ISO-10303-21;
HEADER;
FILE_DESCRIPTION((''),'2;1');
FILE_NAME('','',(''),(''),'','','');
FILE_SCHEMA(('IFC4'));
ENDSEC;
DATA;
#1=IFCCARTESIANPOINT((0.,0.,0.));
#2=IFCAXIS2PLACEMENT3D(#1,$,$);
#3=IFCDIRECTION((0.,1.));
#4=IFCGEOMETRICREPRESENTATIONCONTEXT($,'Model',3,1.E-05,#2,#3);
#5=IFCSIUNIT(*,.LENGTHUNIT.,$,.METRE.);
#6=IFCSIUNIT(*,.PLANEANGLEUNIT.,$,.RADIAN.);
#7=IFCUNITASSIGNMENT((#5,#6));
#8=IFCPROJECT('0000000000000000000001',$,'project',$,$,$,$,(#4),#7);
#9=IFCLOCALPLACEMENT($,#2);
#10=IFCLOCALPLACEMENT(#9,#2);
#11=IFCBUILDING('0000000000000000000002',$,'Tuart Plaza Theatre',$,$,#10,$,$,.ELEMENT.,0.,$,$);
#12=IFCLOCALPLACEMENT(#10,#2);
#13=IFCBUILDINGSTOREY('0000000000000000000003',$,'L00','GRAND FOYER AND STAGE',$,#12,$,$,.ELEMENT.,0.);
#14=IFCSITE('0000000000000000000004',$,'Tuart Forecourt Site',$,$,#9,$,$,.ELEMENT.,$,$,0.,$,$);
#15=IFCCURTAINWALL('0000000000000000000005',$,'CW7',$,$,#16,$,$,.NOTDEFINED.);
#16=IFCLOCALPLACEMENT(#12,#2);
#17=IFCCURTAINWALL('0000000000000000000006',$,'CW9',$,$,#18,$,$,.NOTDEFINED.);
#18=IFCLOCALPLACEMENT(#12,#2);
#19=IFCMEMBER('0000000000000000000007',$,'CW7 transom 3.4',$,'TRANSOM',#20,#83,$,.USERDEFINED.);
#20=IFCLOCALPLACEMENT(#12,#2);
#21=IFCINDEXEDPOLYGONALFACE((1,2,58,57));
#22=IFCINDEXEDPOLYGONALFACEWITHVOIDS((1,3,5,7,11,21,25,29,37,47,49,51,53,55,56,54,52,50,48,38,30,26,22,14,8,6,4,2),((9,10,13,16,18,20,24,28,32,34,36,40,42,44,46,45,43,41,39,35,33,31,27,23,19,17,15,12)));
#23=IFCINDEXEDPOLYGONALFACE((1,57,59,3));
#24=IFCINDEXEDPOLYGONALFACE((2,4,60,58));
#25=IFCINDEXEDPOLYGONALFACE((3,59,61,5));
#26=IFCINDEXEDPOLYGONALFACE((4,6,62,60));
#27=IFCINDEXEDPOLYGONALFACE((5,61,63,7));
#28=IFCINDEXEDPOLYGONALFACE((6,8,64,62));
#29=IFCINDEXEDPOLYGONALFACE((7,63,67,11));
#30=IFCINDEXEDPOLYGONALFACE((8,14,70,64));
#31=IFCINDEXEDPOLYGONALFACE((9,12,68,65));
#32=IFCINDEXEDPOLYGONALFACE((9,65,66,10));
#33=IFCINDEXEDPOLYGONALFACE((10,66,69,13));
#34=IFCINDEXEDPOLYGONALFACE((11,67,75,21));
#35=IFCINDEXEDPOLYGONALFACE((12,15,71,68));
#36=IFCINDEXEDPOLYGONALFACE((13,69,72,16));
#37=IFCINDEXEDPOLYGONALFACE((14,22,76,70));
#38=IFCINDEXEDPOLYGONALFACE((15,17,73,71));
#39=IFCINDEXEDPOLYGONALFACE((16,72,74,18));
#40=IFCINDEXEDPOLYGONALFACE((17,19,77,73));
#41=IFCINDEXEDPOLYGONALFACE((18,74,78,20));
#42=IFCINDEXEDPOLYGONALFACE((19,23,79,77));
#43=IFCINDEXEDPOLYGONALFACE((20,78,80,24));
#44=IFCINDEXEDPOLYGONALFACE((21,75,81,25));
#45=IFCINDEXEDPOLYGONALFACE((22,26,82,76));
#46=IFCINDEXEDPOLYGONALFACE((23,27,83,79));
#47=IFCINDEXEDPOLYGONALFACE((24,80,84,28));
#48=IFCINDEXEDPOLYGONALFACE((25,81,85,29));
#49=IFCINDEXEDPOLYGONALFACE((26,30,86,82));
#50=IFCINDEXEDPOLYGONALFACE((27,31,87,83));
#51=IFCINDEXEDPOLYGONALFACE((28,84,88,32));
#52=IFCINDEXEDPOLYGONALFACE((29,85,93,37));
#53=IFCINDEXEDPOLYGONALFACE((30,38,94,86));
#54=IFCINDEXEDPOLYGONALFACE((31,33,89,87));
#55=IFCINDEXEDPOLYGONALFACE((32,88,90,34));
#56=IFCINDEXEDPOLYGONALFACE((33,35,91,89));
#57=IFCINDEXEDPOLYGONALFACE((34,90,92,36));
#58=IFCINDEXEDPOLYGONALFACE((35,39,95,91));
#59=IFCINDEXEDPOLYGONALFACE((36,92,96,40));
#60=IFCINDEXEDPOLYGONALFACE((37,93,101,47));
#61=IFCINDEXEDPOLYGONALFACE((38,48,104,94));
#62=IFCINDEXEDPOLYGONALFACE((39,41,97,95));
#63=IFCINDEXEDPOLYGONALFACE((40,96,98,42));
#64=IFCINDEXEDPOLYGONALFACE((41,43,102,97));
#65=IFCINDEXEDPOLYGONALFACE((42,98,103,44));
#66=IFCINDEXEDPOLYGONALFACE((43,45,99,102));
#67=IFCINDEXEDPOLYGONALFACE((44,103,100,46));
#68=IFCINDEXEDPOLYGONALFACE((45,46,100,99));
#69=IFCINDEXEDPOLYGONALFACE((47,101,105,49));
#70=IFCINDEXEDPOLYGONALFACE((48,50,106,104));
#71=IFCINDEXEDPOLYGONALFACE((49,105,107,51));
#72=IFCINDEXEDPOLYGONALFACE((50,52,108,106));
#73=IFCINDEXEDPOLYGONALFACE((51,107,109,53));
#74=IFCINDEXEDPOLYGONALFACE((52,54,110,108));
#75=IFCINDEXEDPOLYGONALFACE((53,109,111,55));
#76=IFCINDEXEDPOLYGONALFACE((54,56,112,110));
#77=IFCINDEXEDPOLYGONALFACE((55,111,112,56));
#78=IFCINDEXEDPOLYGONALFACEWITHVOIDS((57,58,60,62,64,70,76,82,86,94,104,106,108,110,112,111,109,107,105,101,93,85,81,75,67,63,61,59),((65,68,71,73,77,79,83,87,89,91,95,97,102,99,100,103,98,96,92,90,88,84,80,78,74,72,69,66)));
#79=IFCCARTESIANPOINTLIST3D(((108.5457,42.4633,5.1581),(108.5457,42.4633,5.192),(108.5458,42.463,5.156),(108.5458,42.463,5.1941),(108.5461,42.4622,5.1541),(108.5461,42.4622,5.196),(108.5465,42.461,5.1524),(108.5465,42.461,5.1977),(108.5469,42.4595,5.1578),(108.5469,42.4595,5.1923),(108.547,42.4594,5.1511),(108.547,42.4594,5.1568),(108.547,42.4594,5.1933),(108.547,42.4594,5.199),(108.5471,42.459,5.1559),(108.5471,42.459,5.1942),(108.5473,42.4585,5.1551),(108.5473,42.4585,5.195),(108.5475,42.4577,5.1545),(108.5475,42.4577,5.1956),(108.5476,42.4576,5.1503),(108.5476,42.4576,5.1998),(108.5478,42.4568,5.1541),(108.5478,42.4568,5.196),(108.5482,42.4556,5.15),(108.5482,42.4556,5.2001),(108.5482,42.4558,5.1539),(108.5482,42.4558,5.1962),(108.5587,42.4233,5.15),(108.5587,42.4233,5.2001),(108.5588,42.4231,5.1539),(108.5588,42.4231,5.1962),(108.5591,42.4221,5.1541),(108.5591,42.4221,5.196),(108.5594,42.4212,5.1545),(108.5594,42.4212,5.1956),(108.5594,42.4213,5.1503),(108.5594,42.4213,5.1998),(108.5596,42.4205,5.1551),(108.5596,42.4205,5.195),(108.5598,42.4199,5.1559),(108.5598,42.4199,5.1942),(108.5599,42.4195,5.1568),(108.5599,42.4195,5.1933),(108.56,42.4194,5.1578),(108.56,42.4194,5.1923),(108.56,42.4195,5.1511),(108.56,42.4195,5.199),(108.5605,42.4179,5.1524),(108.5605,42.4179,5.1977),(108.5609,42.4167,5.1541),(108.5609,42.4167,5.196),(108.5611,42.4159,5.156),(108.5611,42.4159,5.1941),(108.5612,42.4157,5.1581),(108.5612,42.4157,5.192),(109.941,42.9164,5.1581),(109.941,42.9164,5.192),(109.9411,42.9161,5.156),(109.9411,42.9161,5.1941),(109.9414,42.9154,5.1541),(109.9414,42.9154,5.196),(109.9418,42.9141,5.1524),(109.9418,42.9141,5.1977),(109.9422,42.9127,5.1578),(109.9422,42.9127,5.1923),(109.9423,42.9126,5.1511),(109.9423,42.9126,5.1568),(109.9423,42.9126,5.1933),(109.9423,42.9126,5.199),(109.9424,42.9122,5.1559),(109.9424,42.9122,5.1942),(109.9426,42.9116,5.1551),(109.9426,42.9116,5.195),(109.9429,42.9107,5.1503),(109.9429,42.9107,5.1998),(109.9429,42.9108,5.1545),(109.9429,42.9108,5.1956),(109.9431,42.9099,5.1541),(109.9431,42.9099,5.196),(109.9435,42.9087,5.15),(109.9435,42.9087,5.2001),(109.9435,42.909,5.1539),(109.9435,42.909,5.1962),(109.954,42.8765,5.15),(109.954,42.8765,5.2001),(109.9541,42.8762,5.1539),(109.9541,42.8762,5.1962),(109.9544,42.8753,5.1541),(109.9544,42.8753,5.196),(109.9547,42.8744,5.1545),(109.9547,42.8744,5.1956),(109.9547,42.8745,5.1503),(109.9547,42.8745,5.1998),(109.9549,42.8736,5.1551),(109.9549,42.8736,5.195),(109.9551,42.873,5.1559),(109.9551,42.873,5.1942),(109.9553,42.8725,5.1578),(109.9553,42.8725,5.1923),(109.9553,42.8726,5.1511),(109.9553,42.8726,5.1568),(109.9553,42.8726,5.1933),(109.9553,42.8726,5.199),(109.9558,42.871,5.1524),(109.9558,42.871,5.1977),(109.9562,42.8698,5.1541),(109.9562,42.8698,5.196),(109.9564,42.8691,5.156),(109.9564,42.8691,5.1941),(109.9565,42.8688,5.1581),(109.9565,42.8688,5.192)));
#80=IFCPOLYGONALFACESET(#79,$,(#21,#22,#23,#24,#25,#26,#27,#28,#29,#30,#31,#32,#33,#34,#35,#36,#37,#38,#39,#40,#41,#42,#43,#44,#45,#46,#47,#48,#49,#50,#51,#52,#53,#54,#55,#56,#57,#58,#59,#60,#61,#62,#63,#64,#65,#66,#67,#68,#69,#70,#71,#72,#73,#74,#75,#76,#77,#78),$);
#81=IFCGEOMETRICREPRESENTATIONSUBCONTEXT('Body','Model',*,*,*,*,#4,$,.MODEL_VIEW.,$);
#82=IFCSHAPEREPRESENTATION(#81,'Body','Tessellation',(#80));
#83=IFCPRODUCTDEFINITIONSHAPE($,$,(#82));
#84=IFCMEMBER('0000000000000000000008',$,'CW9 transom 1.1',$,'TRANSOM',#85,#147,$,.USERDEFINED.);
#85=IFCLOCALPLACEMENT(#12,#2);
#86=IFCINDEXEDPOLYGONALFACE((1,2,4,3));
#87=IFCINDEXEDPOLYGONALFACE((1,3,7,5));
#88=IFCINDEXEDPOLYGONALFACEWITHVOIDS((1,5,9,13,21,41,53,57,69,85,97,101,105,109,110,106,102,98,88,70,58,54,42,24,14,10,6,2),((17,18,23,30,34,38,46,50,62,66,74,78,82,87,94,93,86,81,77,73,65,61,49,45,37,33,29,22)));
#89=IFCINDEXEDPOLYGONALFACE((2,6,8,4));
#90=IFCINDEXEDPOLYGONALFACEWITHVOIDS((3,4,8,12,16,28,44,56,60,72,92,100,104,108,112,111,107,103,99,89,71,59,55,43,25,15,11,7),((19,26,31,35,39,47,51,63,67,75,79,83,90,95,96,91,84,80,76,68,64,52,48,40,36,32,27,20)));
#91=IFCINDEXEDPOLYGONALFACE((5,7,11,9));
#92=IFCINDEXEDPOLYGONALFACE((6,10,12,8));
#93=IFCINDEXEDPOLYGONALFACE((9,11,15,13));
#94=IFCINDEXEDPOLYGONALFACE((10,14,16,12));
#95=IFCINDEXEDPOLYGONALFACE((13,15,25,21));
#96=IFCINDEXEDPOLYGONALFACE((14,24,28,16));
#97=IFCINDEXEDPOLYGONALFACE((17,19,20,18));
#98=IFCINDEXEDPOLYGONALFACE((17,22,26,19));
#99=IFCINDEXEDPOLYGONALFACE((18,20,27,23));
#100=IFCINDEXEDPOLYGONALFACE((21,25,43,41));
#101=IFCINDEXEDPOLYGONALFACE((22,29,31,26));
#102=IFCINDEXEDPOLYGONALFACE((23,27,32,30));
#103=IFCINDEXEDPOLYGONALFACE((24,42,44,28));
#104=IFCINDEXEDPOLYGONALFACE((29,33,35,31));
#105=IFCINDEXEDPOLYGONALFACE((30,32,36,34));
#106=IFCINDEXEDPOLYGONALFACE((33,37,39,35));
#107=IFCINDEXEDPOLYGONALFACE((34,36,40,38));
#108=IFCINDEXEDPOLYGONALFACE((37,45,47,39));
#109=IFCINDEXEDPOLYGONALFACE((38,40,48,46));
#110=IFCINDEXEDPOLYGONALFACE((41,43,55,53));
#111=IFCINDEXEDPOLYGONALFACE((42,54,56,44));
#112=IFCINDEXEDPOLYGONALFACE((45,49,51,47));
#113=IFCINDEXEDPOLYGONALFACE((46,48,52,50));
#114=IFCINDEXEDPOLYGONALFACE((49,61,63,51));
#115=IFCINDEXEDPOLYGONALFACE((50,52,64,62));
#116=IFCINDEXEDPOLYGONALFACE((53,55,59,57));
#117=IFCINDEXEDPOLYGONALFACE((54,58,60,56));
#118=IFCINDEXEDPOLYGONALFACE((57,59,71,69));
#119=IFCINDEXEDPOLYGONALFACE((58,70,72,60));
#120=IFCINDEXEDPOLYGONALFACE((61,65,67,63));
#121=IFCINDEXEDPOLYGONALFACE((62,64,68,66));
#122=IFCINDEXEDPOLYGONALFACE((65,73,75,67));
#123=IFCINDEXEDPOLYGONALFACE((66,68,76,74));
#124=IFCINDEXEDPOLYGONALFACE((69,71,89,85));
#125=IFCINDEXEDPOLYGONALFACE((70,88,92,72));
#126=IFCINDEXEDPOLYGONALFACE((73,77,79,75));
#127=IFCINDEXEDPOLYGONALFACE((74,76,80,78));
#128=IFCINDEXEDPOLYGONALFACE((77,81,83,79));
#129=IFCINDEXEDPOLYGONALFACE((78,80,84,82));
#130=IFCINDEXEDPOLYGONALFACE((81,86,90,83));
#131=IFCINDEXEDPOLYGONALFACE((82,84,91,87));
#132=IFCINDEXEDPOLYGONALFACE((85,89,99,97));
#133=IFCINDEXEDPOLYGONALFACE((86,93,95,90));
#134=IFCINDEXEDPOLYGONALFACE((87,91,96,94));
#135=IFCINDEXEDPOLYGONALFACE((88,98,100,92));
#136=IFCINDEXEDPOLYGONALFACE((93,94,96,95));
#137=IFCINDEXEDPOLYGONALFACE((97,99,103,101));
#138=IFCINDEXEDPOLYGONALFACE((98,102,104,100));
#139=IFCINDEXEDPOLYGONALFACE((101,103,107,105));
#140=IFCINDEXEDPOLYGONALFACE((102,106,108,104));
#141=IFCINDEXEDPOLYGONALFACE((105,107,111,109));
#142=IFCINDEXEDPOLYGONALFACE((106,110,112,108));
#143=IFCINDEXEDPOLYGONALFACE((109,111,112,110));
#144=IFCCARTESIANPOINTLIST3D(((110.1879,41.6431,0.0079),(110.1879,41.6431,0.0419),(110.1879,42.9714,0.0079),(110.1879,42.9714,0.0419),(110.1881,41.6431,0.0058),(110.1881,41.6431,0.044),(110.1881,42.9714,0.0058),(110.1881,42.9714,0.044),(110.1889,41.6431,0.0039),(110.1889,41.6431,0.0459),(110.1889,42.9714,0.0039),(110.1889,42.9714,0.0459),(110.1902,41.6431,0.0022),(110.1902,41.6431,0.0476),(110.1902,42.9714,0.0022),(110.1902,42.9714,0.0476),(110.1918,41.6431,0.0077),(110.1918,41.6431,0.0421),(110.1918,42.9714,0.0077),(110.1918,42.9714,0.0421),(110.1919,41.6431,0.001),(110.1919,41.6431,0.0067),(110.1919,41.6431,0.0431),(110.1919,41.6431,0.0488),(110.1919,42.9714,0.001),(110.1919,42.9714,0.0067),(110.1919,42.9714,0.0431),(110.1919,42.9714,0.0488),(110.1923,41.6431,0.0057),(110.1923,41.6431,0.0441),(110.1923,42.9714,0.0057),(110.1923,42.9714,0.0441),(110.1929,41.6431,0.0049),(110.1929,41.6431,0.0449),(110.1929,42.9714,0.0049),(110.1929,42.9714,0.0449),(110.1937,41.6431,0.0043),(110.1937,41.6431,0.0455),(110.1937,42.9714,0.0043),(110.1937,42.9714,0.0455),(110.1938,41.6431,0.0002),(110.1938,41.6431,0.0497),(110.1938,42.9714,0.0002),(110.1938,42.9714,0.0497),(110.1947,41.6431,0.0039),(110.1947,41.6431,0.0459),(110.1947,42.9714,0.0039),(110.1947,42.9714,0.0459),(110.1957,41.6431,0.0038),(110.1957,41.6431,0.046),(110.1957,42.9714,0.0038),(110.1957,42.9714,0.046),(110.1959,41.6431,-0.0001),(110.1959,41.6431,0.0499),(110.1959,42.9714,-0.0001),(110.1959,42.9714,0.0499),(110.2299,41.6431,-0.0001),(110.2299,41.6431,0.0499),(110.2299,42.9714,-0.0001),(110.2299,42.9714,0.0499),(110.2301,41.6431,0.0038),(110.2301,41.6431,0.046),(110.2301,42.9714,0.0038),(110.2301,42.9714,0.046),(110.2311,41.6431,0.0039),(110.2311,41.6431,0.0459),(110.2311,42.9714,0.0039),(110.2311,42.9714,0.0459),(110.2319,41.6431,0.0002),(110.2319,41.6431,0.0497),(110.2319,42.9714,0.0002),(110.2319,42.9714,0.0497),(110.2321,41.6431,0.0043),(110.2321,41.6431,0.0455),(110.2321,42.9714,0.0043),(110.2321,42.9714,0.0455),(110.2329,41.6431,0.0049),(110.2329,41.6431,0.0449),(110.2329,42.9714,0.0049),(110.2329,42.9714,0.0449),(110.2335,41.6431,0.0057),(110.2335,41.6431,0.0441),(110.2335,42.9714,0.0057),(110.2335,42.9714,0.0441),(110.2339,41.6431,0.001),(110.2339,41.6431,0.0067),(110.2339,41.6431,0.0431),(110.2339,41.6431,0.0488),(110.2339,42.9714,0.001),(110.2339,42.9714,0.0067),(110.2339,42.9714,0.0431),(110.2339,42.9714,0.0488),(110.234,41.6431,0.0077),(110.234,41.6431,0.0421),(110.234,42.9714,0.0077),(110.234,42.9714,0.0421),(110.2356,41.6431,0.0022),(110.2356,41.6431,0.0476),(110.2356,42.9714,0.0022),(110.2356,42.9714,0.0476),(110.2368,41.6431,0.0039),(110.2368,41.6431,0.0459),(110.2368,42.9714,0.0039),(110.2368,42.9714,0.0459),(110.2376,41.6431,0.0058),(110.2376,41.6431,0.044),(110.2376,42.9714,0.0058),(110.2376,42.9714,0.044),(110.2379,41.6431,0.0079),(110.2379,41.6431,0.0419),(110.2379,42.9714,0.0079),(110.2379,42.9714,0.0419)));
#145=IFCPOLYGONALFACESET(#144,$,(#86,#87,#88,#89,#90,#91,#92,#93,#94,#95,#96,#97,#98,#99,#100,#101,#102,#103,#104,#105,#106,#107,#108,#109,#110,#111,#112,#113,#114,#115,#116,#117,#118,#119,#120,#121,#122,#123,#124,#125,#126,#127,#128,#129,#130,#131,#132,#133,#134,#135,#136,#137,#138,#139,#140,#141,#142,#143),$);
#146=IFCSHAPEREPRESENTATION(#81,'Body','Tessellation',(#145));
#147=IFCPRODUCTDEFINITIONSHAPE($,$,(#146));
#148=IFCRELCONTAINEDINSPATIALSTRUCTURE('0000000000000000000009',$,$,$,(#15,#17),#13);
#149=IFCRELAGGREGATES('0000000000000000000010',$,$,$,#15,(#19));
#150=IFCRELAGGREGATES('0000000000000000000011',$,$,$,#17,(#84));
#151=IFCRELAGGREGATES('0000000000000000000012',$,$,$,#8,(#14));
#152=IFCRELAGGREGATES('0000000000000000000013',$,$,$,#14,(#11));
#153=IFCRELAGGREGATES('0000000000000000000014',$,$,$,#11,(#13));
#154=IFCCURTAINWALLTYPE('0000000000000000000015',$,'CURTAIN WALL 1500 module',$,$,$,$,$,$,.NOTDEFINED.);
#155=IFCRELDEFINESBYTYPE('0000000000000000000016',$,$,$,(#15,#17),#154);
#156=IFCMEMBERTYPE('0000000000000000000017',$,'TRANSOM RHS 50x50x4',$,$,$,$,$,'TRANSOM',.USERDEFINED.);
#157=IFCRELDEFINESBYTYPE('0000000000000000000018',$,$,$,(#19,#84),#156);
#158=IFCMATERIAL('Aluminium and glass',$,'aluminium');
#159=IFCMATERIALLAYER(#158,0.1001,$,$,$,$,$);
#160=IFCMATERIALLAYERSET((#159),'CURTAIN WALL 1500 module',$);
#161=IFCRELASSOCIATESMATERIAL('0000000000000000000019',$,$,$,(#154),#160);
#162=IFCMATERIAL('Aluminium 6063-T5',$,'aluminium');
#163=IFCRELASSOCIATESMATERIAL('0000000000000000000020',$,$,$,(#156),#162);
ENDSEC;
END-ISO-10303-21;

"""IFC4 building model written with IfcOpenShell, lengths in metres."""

from ifc_helpers import new_model, si_unit, direction, frame, origin, origin_2d, place, context, subcontext, project, spatial, hollow_rectangle, extrude, material, layer, layer_set, material_profile, profile_set, type_object, element, aggregate, save


model = new_model("IFC4")

# Units and contexts
model_context = context("Model", 3, precision=1e-05, world=origin(), true_north=direction((0.0, 1.0)))
body_context = subcontext(model_context, "Body", "Model", "MODEL_VIEW")
ifc_project = project(units=[si_unit("LENGTHUNIT", "METRE"), si_unit("PLANEANGLEUNIT", "RADIAN")], contexts=[model_context])

# Site, building, storey
site_placement = place(None, origin())
site = spatial("IfcSite", under=ifc_project, at=site_placement, Name="Tuart Forecourt Site", CompositionType="ELEMENT", RefElevation=0.0)
building_placement = place(site_placement, origin())
building = spatial("IfcBuilding", under=site, at=building_placement, Name="Tuart Plaza Theatre", CompositionType="ELEMENT", ElevationOfRefHeight=0.0)
storey_placement = place(building_placement, origin())
storey = spatial("IfcBuildingStorey", under=building, at=storey_placement, Name="L00", Description="GRAND FOYER AND STAGE", CompositionType="ELEMENT", Elevation=0.0)

# Curtain wall
ifc_material_1 = material(Name="Aluminium and glass", Category="aluminium")
ifc_layer_1 = layer(ifc_material_1, 0.1001)
ifc_layer_set_1 = layer_set([ifc_layer_1], Name="CURTAIN WALL 1500 module")
curtain_wall_type = type_object("IfcCurtainWallType", Name="CURTAIN WALL 1500 module", PredefinedType="NOTDEFINED", material=ifc_layer_set_1)
curtain_wall_1_placement = place(storey_placement, origin())
curtain_wall_1 = element("IfcCurtainWall", 1, at=curtain_wall_1_placement, inside=storey, type_object=curtain_wall_type, Name="CW7", PredefinedType="NOTDEFINED")

# Curtain wall
curtain_wall_2_placement = place(storey_placement, origin())
curtain_wall_2 = element("IfcCurtainWall", 2, at=curtain_wall_2_placement, inside=storey, type_object=curtain_wall_type, Name="CW9", PredefinedType="NOTDEFINED")

# Members
ifc_material_2 = material(Name="Aluminium 6063-T5", Category="aluminium")
ifc_material_profile_1 = material_profile(ifc_material_2, hollow_rectangle(XDim=0.05, YDim=0.05, WallThickness=0.0039, InnerFilletRadius=0.0039, OuterFilletRadius=0.0081, at=origin_2d()), Name="RHS 50x50x4")
ifc_profile_set_1 = profile_set([ifc_material_profile_1], Name="Aluminium 6063-T5")
member_type_1 = type_object("IfcMemberType", Name="TRANSOM RHS 50x50x4", ElementType="TRANSOM", PredefinedType="USERDEFINED", material=ifc_profile_set_1)
member_1_placement = place(storey_placement, frame((108.5535, 42.4395, 5.175), z_axis=(0.951101, 0.308879, 0.0), x_axis=(-0.308879, 0.951101, 0.0)))
member_1 = element("IfcMember", 3, at=member_1_placement, type_object=member_type_1, Name="CW7 transom 3.4", ObjectType="TRANSOM", PredefinedType="USERDEFINED", context=body_context, shape_type="SweptSolid", body=[
    extrude(hollow_rectangle(XDim=0.05, YDim=0.05, WallThickness=0.0039, InnerFilletRadius=0.0039, OuterFilletRadius=0.0081, at=origin_2d()), origin(), (0.0, 0.0, 1.0), 1.467),
])
member_2_placement = place(storey_placement, frame((110.2129, 41.6431, 0.0249), z_axis=(0.0, 1.0, 0.0), x_axis=(-1.0, 0.0, 0.0)))
member_2 = element("IfcMember", 4, at=member_2_placement, type_object=member_type_1, Name="CW9 transom 1.1", ObjectType="TRANSOM", PredefinedType="USERDEFINED", context=body_context, shape_type="SweptSolid", body=[
    extrude(hollow_rectangle(XDim=0.05, YDim=0.05, WallThickness=0.0039, InnerFilletRadius=0.0039, OuterFilletRadius=0.0081, at=origin_2d()), origin(), (0.0, 0.0, 1.0), 1.3284),
])

aggregate(curtain_wall_1, [member_1])

aggregate(curtain_wall_2, [member_2])

save(model, "model.ifc")
